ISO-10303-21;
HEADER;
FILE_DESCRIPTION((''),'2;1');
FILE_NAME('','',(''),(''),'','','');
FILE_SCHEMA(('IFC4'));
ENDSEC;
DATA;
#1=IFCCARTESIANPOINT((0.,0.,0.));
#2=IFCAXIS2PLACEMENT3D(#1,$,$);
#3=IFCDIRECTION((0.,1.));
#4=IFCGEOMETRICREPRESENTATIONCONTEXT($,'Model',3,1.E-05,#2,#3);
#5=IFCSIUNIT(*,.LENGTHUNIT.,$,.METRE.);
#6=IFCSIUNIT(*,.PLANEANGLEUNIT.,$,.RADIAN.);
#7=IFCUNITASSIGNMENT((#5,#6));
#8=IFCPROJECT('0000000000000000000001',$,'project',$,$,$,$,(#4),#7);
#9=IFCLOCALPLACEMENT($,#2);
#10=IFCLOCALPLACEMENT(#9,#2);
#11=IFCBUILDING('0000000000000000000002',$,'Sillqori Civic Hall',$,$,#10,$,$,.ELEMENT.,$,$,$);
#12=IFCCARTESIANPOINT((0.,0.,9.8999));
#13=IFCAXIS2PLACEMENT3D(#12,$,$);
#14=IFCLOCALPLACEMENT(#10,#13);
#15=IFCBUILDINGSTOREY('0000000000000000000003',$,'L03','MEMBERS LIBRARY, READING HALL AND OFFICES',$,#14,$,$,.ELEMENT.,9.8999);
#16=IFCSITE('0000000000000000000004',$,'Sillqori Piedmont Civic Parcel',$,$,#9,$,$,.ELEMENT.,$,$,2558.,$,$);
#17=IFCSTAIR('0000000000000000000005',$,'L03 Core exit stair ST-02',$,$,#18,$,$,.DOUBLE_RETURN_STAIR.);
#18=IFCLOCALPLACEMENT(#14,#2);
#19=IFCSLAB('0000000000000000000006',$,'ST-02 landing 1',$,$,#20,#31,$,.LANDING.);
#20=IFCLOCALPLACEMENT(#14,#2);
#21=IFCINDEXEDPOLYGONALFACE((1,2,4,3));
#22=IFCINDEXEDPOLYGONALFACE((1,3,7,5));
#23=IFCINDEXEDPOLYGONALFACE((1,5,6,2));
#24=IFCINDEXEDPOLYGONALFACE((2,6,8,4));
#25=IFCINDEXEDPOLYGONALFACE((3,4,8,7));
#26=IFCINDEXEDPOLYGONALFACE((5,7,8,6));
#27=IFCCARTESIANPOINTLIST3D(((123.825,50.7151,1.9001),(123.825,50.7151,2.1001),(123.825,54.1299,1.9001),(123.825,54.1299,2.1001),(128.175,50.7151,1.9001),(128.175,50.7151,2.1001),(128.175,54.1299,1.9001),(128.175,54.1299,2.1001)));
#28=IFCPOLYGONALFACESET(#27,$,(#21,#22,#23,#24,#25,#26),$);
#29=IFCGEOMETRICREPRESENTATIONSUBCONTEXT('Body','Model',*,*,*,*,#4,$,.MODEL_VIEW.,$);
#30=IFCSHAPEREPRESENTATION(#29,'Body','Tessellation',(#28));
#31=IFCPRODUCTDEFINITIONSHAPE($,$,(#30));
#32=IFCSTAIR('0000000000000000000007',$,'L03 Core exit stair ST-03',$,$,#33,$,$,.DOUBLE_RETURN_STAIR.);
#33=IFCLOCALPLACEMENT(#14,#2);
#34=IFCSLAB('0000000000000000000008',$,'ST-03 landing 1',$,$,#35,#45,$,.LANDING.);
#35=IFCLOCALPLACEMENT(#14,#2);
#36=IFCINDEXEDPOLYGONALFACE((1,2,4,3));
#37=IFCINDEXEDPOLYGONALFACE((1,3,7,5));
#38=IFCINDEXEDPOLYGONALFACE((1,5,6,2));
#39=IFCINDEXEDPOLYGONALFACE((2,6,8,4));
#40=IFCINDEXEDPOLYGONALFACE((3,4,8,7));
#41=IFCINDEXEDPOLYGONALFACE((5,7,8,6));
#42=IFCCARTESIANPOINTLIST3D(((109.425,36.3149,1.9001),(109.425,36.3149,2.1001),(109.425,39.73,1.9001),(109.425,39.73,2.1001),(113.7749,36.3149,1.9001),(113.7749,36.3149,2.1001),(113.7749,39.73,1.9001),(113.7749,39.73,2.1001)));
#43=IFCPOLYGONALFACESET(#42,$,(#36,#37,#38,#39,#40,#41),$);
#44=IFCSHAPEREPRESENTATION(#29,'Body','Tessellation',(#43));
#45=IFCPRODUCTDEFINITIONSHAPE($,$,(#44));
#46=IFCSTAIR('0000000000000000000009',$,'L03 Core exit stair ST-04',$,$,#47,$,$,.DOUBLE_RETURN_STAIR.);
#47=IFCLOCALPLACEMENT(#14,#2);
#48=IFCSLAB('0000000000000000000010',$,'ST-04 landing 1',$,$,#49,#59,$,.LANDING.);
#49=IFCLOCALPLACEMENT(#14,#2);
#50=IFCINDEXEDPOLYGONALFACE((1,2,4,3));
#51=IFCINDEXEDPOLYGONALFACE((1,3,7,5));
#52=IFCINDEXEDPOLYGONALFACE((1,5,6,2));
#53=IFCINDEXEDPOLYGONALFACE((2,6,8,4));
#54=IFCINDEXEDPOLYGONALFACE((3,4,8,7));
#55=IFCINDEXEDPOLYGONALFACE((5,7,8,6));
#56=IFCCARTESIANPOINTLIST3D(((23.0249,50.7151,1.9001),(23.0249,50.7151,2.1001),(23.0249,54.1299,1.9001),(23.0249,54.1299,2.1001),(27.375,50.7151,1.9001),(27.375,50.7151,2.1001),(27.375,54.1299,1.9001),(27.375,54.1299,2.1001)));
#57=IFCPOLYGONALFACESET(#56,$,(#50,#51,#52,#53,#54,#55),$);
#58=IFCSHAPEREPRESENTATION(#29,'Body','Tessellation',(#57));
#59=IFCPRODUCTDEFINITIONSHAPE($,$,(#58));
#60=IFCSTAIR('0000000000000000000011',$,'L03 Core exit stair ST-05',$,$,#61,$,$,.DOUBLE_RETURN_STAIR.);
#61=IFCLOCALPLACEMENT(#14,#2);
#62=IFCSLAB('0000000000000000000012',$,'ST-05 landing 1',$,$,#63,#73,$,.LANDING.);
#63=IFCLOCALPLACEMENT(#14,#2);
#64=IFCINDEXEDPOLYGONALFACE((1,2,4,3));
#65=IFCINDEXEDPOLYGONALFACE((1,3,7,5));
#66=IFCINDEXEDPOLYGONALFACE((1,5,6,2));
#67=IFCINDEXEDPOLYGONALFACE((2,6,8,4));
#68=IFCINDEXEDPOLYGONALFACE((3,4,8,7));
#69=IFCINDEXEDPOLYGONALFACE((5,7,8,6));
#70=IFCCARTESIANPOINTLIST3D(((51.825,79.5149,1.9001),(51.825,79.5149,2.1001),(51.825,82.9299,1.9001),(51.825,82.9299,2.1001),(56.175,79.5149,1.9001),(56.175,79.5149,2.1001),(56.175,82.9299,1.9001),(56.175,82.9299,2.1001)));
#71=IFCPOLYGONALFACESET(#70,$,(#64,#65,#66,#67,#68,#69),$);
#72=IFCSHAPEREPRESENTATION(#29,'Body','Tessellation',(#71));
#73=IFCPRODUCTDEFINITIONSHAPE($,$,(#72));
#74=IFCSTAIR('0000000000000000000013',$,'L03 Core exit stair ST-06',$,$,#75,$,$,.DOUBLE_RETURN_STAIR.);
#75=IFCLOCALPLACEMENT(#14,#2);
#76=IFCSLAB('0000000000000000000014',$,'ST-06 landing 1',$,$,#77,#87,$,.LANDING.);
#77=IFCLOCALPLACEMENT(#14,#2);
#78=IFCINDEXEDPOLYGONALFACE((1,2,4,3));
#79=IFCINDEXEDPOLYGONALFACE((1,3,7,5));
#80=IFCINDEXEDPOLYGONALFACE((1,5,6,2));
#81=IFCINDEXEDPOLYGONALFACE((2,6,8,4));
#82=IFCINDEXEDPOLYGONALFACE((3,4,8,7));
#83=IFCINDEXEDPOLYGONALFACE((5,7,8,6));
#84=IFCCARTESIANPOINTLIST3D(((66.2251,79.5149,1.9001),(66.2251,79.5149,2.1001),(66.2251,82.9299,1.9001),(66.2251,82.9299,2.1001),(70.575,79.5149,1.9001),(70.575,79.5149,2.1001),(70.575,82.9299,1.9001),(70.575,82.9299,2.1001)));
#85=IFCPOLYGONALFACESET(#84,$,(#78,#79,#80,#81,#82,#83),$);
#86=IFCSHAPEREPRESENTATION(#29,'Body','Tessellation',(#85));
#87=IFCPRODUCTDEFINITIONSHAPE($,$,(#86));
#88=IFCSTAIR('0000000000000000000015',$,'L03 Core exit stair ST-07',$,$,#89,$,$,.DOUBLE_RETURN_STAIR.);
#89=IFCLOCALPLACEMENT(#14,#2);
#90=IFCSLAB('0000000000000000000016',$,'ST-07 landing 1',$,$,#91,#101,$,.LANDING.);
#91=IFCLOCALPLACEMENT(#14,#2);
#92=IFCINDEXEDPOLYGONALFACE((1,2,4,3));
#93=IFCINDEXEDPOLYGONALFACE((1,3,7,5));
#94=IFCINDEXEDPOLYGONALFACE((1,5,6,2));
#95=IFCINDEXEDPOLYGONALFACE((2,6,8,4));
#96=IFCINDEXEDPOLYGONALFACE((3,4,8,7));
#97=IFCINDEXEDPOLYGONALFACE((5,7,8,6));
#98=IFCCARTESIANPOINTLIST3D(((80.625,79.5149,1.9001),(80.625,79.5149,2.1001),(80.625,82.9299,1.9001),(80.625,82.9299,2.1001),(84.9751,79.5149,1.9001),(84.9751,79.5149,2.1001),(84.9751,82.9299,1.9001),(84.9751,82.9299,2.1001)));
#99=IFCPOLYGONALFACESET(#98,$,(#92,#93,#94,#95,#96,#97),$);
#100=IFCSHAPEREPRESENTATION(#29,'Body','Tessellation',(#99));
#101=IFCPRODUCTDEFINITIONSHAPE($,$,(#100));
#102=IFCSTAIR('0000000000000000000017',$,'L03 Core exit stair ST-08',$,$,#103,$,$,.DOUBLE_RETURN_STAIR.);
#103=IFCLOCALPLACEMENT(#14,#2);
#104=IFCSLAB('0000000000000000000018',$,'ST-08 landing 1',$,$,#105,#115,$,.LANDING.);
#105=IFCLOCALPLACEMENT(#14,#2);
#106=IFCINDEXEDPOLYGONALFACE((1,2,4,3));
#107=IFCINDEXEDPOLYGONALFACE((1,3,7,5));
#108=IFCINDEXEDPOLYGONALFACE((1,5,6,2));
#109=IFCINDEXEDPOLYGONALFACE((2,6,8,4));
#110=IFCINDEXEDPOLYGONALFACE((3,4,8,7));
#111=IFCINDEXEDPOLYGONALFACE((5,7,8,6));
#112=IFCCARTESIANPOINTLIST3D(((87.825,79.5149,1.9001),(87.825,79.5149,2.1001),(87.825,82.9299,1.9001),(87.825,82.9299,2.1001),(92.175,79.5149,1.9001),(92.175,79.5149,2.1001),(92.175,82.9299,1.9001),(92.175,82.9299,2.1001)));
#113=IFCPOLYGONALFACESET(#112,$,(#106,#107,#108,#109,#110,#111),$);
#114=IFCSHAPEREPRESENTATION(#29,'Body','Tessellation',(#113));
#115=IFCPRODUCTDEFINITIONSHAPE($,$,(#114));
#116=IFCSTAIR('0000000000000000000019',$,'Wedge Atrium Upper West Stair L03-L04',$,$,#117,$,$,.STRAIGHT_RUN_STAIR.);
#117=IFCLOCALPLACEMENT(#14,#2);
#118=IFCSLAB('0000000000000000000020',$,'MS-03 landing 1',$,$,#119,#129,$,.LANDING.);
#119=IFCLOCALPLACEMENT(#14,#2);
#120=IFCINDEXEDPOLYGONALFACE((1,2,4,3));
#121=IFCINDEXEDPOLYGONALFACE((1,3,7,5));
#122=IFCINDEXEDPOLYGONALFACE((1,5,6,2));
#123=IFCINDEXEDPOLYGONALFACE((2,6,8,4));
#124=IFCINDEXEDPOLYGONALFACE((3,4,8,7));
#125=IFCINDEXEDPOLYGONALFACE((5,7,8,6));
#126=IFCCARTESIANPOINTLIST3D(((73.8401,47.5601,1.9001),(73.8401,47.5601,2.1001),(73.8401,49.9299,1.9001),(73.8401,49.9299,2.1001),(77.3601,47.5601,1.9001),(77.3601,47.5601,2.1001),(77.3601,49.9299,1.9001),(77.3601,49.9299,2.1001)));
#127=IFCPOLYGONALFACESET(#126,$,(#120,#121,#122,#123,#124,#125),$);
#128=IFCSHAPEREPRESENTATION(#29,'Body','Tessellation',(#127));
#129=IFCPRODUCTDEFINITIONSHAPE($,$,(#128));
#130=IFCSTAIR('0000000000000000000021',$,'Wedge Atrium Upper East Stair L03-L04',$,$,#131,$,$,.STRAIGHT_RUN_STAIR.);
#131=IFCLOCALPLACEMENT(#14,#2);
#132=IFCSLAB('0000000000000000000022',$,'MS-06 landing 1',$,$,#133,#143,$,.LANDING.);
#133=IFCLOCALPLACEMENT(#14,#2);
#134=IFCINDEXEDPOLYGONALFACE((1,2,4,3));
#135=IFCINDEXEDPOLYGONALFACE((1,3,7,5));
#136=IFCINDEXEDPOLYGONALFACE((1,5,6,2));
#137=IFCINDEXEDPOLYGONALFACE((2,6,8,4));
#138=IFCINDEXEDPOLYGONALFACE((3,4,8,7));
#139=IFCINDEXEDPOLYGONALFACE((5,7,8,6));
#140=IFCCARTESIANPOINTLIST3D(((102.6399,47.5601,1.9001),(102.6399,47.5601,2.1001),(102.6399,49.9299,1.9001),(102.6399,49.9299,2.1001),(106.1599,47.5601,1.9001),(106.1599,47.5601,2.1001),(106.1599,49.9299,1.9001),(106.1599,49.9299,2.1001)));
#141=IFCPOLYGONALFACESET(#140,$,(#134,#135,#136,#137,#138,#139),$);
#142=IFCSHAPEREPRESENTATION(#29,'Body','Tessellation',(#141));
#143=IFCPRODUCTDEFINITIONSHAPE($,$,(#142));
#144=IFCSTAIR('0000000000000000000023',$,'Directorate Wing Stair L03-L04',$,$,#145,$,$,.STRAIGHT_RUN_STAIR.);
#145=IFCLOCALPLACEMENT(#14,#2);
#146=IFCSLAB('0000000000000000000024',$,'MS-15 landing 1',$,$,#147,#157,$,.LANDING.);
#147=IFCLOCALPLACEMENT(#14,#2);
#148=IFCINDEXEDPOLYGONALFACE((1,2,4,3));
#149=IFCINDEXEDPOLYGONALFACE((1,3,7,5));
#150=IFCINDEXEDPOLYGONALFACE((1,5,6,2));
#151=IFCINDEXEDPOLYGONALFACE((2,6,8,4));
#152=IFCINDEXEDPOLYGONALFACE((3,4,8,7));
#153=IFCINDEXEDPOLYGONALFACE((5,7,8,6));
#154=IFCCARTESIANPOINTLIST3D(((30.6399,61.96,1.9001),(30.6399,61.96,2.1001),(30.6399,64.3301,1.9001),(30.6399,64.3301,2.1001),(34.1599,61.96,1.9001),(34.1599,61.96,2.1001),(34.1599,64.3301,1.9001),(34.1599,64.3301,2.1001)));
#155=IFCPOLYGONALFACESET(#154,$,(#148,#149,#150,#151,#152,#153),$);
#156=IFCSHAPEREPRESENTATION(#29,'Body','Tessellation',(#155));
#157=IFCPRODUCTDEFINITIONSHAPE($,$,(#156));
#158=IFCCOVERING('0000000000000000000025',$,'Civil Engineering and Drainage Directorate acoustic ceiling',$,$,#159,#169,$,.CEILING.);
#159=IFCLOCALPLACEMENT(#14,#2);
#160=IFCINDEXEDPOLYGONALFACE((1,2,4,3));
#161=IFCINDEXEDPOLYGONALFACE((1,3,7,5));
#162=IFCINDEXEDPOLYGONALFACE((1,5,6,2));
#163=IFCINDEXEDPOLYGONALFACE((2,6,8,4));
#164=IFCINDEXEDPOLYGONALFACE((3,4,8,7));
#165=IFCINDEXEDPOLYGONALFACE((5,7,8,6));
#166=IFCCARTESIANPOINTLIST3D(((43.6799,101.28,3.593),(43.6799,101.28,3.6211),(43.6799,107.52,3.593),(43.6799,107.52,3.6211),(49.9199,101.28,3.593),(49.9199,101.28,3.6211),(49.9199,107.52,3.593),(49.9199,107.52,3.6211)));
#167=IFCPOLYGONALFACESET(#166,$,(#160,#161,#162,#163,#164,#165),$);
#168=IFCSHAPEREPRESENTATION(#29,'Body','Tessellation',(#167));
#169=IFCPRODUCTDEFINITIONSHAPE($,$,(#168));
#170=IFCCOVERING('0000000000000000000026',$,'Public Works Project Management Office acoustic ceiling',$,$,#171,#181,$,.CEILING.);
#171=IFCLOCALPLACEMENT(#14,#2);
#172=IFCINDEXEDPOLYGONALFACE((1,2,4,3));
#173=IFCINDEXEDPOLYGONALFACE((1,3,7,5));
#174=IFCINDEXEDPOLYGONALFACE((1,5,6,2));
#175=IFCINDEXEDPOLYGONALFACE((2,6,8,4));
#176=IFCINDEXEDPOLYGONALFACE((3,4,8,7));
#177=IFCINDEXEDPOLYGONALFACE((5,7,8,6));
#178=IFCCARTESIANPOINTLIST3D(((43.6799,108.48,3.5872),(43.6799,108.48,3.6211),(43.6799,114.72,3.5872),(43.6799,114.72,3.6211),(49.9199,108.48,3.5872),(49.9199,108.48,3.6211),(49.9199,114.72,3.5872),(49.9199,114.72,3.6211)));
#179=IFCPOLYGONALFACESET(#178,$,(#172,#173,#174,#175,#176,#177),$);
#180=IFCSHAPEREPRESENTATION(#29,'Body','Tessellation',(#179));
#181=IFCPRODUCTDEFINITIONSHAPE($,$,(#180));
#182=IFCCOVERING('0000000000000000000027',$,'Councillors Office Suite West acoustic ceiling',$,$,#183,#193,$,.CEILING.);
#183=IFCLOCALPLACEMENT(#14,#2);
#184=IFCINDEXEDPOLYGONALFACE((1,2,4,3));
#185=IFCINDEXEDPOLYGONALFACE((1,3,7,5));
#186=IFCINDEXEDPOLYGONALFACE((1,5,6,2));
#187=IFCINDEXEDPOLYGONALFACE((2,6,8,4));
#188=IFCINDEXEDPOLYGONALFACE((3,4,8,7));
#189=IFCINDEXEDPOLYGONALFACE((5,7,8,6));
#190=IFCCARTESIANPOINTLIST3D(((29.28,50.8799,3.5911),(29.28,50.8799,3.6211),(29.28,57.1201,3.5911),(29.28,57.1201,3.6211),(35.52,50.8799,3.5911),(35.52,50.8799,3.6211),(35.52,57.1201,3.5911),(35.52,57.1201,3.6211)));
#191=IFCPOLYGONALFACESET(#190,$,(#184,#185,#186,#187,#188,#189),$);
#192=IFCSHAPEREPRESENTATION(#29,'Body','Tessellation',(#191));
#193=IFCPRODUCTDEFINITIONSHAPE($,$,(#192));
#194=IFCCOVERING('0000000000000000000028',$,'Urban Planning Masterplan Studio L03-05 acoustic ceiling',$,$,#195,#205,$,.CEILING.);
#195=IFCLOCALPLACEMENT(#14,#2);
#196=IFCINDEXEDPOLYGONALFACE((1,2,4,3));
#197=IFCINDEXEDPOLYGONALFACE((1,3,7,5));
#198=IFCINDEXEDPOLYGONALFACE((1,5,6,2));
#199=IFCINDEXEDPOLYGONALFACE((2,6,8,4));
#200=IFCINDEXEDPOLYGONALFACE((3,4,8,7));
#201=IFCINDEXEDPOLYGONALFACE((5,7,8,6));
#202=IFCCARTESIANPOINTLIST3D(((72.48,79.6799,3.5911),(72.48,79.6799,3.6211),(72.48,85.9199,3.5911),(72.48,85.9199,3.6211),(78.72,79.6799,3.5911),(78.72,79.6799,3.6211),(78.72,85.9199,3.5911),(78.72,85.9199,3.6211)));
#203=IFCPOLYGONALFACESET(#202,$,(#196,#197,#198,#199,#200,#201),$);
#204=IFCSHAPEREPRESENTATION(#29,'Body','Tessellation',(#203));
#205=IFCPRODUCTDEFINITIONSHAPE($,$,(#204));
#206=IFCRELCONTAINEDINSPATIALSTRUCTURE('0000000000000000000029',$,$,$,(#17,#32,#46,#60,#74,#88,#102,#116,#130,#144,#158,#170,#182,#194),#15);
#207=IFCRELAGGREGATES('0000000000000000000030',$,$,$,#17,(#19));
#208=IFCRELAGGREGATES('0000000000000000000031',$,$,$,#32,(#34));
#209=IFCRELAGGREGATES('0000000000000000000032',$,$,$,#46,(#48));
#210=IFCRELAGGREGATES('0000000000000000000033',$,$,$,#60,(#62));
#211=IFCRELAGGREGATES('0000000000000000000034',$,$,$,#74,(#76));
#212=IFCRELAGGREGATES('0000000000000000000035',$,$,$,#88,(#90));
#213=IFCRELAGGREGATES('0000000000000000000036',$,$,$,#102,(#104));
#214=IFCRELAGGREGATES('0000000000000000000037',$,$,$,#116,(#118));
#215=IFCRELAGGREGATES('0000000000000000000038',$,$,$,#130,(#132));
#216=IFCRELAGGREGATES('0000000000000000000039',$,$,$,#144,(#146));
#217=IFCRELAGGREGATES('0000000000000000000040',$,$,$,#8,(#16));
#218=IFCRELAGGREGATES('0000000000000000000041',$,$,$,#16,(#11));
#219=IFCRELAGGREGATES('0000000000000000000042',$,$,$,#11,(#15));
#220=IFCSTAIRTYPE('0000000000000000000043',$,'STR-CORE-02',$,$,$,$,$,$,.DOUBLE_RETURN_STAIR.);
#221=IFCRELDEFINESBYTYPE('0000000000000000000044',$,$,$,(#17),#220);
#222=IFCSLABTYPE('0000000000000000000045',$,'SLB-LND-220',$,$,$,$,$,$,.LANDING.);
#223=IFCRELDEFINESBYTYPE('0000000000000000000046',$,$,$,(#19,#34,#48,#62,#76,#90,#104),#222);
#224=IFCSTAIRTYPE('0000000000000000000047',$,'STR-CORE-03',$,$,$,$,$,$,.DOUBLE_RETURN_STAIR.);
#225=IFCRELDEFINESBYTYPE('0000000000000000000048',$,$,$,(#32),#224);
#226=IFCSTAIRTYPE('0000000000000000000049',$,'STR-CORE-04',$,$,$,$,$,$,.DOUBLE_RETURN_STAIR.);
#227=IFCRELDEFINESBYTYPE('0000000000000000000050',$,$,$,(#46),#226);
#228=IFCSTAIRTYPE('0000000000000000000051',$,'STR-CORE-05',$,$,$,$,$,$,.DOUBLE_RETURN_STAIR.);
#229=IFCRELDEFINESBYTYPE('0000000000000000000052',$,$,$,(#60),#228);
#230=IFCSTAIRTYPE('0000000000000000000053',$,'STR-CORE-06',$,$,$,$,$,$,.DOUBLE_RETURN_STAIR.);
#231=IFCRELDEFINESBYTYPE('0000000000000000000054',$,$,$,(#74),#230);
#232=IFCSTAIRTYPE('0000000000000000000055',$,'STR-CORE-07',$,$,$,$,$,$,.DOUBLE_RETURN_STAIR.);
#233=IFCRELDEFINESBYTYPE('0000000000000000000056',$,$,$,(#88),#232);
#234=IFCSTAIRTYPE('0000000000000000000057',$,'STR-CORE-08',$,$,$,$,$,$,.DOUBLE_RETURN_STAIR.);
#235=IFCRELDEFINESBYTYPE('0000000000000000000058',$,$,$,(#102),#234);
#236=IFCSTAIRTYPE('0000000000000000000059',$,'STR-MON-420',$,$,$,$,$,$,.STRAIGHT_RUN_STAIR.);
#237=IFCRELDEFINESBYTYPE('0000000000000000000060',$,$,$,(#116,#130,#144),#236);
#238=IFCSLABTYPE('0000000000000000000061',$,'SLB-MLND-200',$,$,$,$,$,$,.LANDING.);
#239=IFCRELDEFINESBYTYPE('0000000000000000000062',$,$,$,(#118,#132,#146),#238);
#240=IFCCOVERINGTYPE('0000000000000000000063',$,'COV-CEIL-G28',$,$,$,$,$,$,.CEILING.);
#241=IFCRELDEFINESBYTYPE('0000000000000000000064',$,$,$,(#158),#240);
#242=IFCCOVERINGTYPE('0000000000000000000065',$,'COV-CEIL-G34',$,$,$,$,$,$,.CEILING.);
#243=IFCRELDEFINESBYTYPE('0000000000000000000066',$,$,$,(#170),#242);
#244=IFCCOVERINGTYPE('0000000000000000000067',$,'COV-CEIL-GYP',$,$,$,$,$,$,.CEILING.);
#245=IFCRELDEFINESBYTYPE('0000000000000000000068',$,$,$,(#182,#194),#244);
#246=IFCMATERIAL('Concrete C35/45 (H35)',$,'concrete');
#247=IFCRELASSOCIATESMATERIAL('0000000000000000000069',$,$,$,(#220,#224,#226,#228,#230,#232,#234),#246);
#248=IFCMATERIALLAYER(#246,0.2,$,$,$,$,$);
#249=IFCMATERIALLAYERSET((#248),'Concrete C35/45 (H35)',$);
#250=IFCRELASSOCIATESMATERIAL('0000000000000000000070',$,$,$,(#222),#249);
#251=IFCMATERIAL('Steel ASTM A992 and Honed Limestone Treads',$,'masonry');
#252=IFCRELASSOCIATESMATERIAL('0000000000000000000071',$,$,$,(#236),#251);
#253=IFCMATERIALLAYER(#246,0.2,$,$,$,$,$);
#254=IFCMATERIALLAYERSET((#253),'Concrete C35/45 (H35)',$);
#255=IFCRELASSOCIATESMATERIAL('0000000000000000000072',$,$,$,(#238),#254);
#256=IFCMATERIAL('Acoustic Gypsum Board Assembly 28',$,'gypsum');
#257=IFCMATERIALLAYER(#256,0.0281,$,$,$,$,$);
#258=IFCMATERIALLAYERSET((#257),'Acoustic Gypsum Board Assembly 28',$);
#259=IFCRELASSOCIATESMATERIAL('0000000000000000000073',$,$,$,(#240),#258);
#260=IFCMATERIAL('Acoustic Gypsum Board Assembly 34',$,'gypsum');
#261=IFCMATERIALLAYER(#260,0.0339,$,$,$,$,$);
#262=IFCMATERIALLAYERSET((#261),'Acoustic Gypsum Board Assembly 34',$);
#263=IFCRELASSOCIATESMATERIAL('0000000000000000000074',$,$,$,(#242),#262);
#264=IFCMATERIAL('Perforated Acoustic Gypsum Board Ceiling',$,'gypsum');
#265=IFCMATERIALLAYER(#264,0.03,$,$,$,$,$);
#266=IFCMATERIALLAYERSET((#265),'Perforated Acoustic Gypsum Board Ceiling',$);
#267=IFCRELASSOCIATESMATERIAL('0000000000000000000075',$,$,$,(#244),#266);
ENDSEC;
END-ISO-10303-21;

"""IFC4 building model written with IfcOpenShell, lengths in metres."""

from ifc_helpers import new_model, si_unit, direction, frame, origin, place, context, subcontext, project, spatial, polyline, outline, extrude, material, layer, layer_set, type_object, element, aggregate, save


model = new_model("IFC4")

# Units and contexts
model_context = context("Model", 3, precision=1e-05, world=origin(), true_north=direction((0.0, 1.0)))
body_context = subcontext(model_context, "Body", "Model", "MODEL_VIEW")
ifc_project = project(units=[si_unit("LENGTHUNIT", "METRE"), si_unit("PLANEANGLEUNIT", "RADIAN")], contexts=[model_context])

# Site, building, storey
site_placement = place(None, origin())
site = spatial("IfcSite", under=ifc_project, at=site_placement, Name="Sillqori Piedmont Civic Parcel", CompositionType="ELEMENT", RefElevation=2558.0)
building_placement = place(site_placement, origin())
building = spatial("IfcBuilding", under=site, at=building_placement, Name="Sillqori Civic Hall", CompositionType="ELEMENT")
storey_placement = place(building_placement, frame((0.0, 0.0, 9.8999)))
storey = spatial("IfcBuildingStorey", under=building, at=storey_placement, Name="L03", Description="MEMBERS LIBRARY, READING HALL AND OFFICES", CompositionType="ELEMENT", Elevation=9.8999)

# Stairs, slabs
ifc_material_1 = material(Name="Concrete C35/45 (H35)", Category="concrete")
stair_type_1 = type_object("IfcStairType", Name="STR-CORE-02", PredefinedType="DOUBLE_RETURN_STAIR", material=ifc_material_1)
stair_1_placement = place(storey_placement, origin())
stair_1 = element("IfcStair", 1, at=stair_1_placement, inside=storey, type_object=stair_type_1, Name="L03 Core exit stair ST-02", PredefinedType="DOUBLE_RETURN_STAIR")
ifc_layer_1 = layer(ifc_material_1, 0.2)
ifc_layer_set_1 = layer_set([ifc_layer_1], Name="Concrete C35/45 (H35)")
slab_type_1 = type_object("IfcSlabType", Name="SLB-LND-220", PredefinedType="LANDING", material=ifc_layer_set_1)
slab_1_placement = place(storey_placement, frame((0.0, 0.0, 1.9001)))
slab_1 = element("IfcSlab", 2, at=slab_1_placement, type_object=slab_type_1, Name="ST-02 landing 1", PredefinedType="LANDING", context=body_context, shape_type="SweptSolid", body=[
    extrude(outline(polyline([(123.825, 54.1299), (123.825, 50.7151), (128.175, 50.7151), (128.175, 54.1299), (123.825, 54.1299)])), origin(), (0.0, 0.0, 1.0), 0.2),
])
aggregate(stair_1, [slab_1])
stair_type_2 = type_object("IfcStairType", Name="STR-CORE-03", PredefinedType="DOUBLE_RETURN_STAIR", material=ifc_material_1)
stair_2_placement = place(storey_placement, origin())
stair_2 = element("IfcStair", 3, at=stair_2_placement, inside=storey, type_object=stair_type_2, Name="L03 Core exit stair ST-03", PredefinedType="DOUBLE_RETURN_STAIR")
slab_2_placement = place(storey_placement, frame((0.0, 0.0, 1.9001)))
slab_2 = element("IfcSlab", 4, at=slab_2_placement, type_object=slab_type_1, Name="ST-03 landing 1", PredefinedType="LANDING", context=body_context, shape_type="SweptSolid", body=[
    extrude(outline(polyline([(109.425, 39.73), (109.425, 36.3149), (113.7749, 36.3149), (113.7749, 39.73), (109.425, 39.73)])), origin(), (0.0, 0.0, 1.0), 0.2),
])
aggregate(stair_2, [slab_2])
stair_type_3 = type_object("IfcStairType", Name="STR-CORE-04", PredefinedType="DOUBLE_RETURN_STAIR", material=ifc_material_1)
stair_3_placement = place(storey_placement, origin())
stair_3 = element("IfcStair", 5, at=stair_3_placement, inside=storey, type_object=stair_type_3, Name="L03 Core exit stair ST-04", PredefinedType="DOUBLE_RETURN_STAIR")
slab_3_placement = place(storey_placement, frame((0.0, 0.0, 1.9001)))
slab_3 = element("IfcSlab", 6, at=slab_3_placement, type_object=slab_type_1, Name="ST-04 landing 1", PredefinedType="LANDING", context=body_context, shape_type="SweptSolid", body=[
    extrude(outline(polyline([(23.0249, 54.1299), (23.0249, 50.7151), (27.375, 50.7151), (27.375, 54.1299), (23.0249, 54.1299)])), origin(), (0.0, 0.0, 1.0), 0.2),
])
aggregate(stair_3, [slab_3])
stair_type_4 = type_object("IfcStairType", Name="STR-CORE-05", PredefinedType="DOUBLE_RETURN_STAIR", material=ifc_material_1)
stair_4_placement = place(storey_placement, origin())
stair_4 = element("IfcStair", 7, at=stair_4_placement, inside=storey, type_object=stair_type_4, Name="L03 Core exit stair ST-05", PredefinedType="DOUBLE_RETURN_STAIR")
slab_4_placement = place(storey_placement, frame((0.0, 0.0, 1.9001)))
slab_4 = element("IfcSlab", 8, at=slab_4_placement, type_object=slab_type_1, Name="ST-05 landing 1", PredefinedType="LANDING", context=body_context, shape_type="SweptSolid", body=[
    extrude(outline(polyline([(51.825, 82.9299), (51.825, 79.5149), (56.175, 79.5149), (56.175, 82.9299), (51.825, 82.9299)])), origin(), (0.0, 0.0, 1.0), 0.2),
])
aggregate(stair_4, [slab_4])
stair_type_5 = type_object("IfcStairType", Name="STR-CORE-06", PredefinedType="DOUBLE_RETURN_STAIR", material=ifc_material_1)
stair_5_placement = place(storey_placement, origin())
stair_5 = element("IfcStair", 9, at=stair_5_placement, inside=storey, type_object=stair_type_5, Name="L03 Core exit stair ST-06", PredefinedType="DOUBLE_RETURN_STAIR")
slab_5_placement = place(storey_placement, frame((0.0, 0.0, 1.9001)))
slab_5 = element("IfcSlab", 10, at=slab_5_placement, type_object=slab_type_1, Name="ST-06 landing 1", PredefinedType="LANDING", context=body_context, shape_type="SweptSolid", body=[
    extrude(outline(polyline([(66.2251, 82.9299), (66.2251, 79.5149), (70.575, 79.5149), (70.575, 82.9299), (66.2251, 82.9299)])), origin(), (0.0, 0.0, 1.0), 0.2),
])
aggregate(stair_5, [slab_5])
stair_type_6 = type_object("IfcStairType", Name="STR-CORE-07", PredefinedType="DOUBLE_RETURN_STAIR", material=ifc_material_1)
stair_6_placement = place(storey_placement, origin())
stair_6 = element("IfcStair", 11, at=stair_6_placement, inside=storey, type_object=stair_type_6, Name="L03 Core exit stair ST-07", PredefinedType="DOUBLE_RETURN_STAIR")
slab_6_placement = place(storey_placement, frame((0.0, 0.0, 1.9001)))
slab_6 = element("IfcSlab", 12, at=slab_6_placement, type_object=slab_type_1, Name="ST-07 landing 1", PredefinedType="LANDING", context=body_context, shape_type="SweptSolid", body=[
    extrude(outline(polyline([(80.625, 82.9299), (80.625, 79.5149), (84.9751, 79.5149), (84.9751, 82.9299), (80.625, 82.9299)])), origin(), (0.0, 0.0, 1.0), 0.2),
])
aggregate(stair_6, [slab_6])
stair_type_7 = type_object("IfcStairType", Name="STR-CORE-08", PredefinedType="DOUBLE_RETURN_STAIR", material=ifc_material_1)
stair_7_placement = place(storey_placement, origin())
stair_7 = element("IfcStair", 13, at=stair_7_placement, inside=storey, type_object=stair_type_7, Name="L03 Core exit stair ST-08", PredefinedType="DOUBLE_RETURN_STAIR")
slab_7_placement = place(storey_placement, frame((0.0, 0.0, 1.9001)))
slab_7 = element("IfcSlab", 14, at=slab_7_placement, type_object=slab_type_1, Name="ST-08 landing 1", PredefinedType="LANDING", context=body_context, shape_type="SweptSolid", body=[
    extrude(outline(polyline([(87.825, 82.9299), (87.825, 79.5149), (92.175, 79.5149), (92.175, 82.9299), (87.825, 82.9299)])), origin(), (0.0, 0.0, 1.0), 0.2),
])
aggregate(stair_7, [slab_7])
ifc_material_2 = material(Name="Steel ASTM A992 and Honed Limestone Treads", Category="masonry")
stair_type_8 = type_object("IfcStairType", Name="STR-MON-420", PredefinedType="STRAIGHT_RUN_STAIR", material=ifc_material_2)
stair_8_placement = place(storey_placement, origin())
stair_8 = element("IfcStair", 15, at=stair_8_placement, inside=storey, type_object=stair_type_8, Name="Wedge Atrium Upper West Stair L03-L04", PredefinedType="STRAIGHT_RUN_STAIR")
ifc_layer_2 = layer(ifc_material_1, 0.2)
ifc_layer_set_2 = layer_set([ifc_layer_2], Name="Concrete C35/45 (H35)")
slab_type_2 = type_object("IfcSlabType", Name="SLB-MLND-200", PredefinedType="LANDING", material=ifc_layer_set_2)
slab_8_placement = place(storey_placement, frame((0.0, 0.0, 1.9001)))
slab_8 = element("IfcSlab", 16, at=slab_8_placement, type_object=slab_type_2, Name="MS-03 landing 1", PredefinedType="LANDING", context=body_context, shape_type="SweptSolid", body=[
    extrude(outline(polyline([(73.8401, 47.5601), (77.3601, 47.5601), (77.3601, 49.9299), (73.8401, 49.9299), (73.8401, 47.5601)])), origin(), (0.0, 0.0, 1.0), 0.2),
])
aggregate(stair_8, [slab_8])
stair_9_placement = place(storey_placement, origin())
stair_9 = element("IfcStair", 17, at=stair_9_placement, inside=storey, type_object=stair_type_8, Name="Wedge Atrium Upper East Stair L03-L04", PredefinedType="STRAIGHT_RUN_STAIR")
slab_9_placement = place(storey_placement, frame((0.0, 0.0, 1.9001)))
slab_9 = element("IfcSlab", 18, at=slab_9_placement, type_object=slab_type_2, Name="MS-06 landing 1", PredefinedType="LANDING", context=body_context, shape_type="SweptSolid", body=[
    extrude(outline(polyline([(102.6399, 47.5601), (106.1599, 47.5601), (106.1599, 49.9299), (102.6399, 49.9299), (102.6399, 47.5601)])), origin(), (0.0, 0.0, 1.0), 0.2),
])
aggregate(stair_9, [slab_9])
stair_10_placement = place(storey_placement, origin())
stair_10 = element("IfcStair", 19, at=stair_10_placement, inside=storey, type_object=stair_type_8, Name="Directorate Wing Stair L03-L04", PredefinedType="STRAIGHT_RUN_STAIR")
slab_10_placement = place(storey_placement, frame((0.0, 0.0, 1.9001)))
slab_10 = element("IfcSlab", 20, at=slab_10_placement, type_object=slab_type_2, Name="MS-15 landing 1", PredefinedType="LANDING", context=body_context, shape_type="SweptSolid", body=[
    extrude(outline(polyline([(30.6399, 61.96), (34.1599, 61.96), (34.1599, 64.3301), (30.6399, 64.3301), (30.6399, 61.96)])), origin(), (0.0, 0.0, 1.0), 0.2),
])
aggregate(stair_10, [slab_10])

# Coverings
ifc_material_3 = material(Name="Acoustic Gypsum Board Assembly 28", Category="gypsum")
ifc_layer_3 = layer(ifc_material_3, 0.0281)
ifc_layer_set_3 = layer_set([ifc_layer_3], Name="Acoustic Gypsum Board Assembly 28")
covering_type_1 = type_object("IfcCoveringType", Name="COV-CEIL-G28", PredefinedType="CEILING", material=ifc_layer_set_3)
covering_1_placement = place(storey_placement, frame((0.0, 0.0, 3.593)))
element("IfcCovering", 21, at=covering_1_placement, inside=storey, type_object=covering_type_1, Name="Civil Engineering and Drainage Directorate acoustic ceiling", PredefinedType="CEILING", context=body_context, shape_type="SweptSolid", body=[
    extrude(outline(polyline([(43.6799, 101.28), (49.9199, 101.28), (49.9199, 107.52), (43.6799, 107.52), (43.6799, 101.28)])), origin(), (0.0, 0.0, 1.0), 0.0281),
])
ifc_material_4 = material(Name="Acoustic Gypsum Board Assembly 34", Category="gypsum")
ifc_layer_4 = layer(ifc_material_4, 0.0339)
ifc_layer_set_4 = layer_set([ifc_layer_4], Name="Acoustic Gypsum Board Assembly 34")
covering_type_2 = type_object("IfcCoveringType", Name="COV-CEIL-G34", PredefinedType="CEILING", material=ifc_layer_set_4)
covering_2_placement = place(storey_placement, frame((0.0, 0.0, 3.5872)))
element("IfcCovering", 22, at=covering_2_placement, inside=storey, type_object=covering_type_2, Name="Public Works Project Management Office acoustic ceiling", PredefinedType="CEILING", context=body_context, shape_type="SweptSolid", body=[
    extrude(outline(polyline([(43.6799, 108.48), (49.9199, 108.48), (49.9199, 114.72), (43.6799, 114.72), (43.6799, 108.48)])), origin(), (0.0, 0.0, 1.0), 0.0339),
])
ifc_material_5 = material(Name="Perforated Acoustic Gypsum Board Ceiling", Category="gypsum")
ifc_layer_5 = layer(ifc_material_5, 0.03)
ifc_layer_set_5 = layer_set([ifc_layer_5], Name="Perforated Acoustic Gypsum Board Ceiling")
covering_type_3 = type_object("IfcCoveringType", Name="COV-CEIL-GYP", PredefinedType="CEILING", material=ifc_layer_set_5)
covering_3_placement = place(storey_placement, frame((0.0, 0.0, 3.5911)))
element("IfcCovering", 23, at=covering_3_placement, inside=storey, type_object=covering_type_3, Name="Councillors Office Suite West acoustic ceiling", PredefinedType="CEILING", context=body_context, shape_type="SweptSolid", body=[
    extrude(outline(polyline([(29.28, 50.8799), (35.52, 50.8799), (35.52, 57.1201), (29.28, 57.1201), (29.28, 50.8799)])), origin(), (0.0, 0.0, 1.0), 0.03),
])
covering_4_placement = place(storey_placement, frame((0.0, 0.0, 3.5911)))
element("IfcCovering", 24, at=covering_4_placement, inside=storey, type_object=covering_type_3, Name="Urban Planning Masterplan Studio L03-05 acoustic ceiling", PredefinedType="CEILING", context=body_context, shape_type="SweptSolid", body=[
    extrude(outline(polyline([(72.48, 79.6799), (78.72, 79.6799), (78.72, 85.9199), (72.48, 85.9199), (72.48, 79.6799)])), origin(), (0.0, 0.0, 1.0), 0.03),
])

save(model, "model.ifc")
